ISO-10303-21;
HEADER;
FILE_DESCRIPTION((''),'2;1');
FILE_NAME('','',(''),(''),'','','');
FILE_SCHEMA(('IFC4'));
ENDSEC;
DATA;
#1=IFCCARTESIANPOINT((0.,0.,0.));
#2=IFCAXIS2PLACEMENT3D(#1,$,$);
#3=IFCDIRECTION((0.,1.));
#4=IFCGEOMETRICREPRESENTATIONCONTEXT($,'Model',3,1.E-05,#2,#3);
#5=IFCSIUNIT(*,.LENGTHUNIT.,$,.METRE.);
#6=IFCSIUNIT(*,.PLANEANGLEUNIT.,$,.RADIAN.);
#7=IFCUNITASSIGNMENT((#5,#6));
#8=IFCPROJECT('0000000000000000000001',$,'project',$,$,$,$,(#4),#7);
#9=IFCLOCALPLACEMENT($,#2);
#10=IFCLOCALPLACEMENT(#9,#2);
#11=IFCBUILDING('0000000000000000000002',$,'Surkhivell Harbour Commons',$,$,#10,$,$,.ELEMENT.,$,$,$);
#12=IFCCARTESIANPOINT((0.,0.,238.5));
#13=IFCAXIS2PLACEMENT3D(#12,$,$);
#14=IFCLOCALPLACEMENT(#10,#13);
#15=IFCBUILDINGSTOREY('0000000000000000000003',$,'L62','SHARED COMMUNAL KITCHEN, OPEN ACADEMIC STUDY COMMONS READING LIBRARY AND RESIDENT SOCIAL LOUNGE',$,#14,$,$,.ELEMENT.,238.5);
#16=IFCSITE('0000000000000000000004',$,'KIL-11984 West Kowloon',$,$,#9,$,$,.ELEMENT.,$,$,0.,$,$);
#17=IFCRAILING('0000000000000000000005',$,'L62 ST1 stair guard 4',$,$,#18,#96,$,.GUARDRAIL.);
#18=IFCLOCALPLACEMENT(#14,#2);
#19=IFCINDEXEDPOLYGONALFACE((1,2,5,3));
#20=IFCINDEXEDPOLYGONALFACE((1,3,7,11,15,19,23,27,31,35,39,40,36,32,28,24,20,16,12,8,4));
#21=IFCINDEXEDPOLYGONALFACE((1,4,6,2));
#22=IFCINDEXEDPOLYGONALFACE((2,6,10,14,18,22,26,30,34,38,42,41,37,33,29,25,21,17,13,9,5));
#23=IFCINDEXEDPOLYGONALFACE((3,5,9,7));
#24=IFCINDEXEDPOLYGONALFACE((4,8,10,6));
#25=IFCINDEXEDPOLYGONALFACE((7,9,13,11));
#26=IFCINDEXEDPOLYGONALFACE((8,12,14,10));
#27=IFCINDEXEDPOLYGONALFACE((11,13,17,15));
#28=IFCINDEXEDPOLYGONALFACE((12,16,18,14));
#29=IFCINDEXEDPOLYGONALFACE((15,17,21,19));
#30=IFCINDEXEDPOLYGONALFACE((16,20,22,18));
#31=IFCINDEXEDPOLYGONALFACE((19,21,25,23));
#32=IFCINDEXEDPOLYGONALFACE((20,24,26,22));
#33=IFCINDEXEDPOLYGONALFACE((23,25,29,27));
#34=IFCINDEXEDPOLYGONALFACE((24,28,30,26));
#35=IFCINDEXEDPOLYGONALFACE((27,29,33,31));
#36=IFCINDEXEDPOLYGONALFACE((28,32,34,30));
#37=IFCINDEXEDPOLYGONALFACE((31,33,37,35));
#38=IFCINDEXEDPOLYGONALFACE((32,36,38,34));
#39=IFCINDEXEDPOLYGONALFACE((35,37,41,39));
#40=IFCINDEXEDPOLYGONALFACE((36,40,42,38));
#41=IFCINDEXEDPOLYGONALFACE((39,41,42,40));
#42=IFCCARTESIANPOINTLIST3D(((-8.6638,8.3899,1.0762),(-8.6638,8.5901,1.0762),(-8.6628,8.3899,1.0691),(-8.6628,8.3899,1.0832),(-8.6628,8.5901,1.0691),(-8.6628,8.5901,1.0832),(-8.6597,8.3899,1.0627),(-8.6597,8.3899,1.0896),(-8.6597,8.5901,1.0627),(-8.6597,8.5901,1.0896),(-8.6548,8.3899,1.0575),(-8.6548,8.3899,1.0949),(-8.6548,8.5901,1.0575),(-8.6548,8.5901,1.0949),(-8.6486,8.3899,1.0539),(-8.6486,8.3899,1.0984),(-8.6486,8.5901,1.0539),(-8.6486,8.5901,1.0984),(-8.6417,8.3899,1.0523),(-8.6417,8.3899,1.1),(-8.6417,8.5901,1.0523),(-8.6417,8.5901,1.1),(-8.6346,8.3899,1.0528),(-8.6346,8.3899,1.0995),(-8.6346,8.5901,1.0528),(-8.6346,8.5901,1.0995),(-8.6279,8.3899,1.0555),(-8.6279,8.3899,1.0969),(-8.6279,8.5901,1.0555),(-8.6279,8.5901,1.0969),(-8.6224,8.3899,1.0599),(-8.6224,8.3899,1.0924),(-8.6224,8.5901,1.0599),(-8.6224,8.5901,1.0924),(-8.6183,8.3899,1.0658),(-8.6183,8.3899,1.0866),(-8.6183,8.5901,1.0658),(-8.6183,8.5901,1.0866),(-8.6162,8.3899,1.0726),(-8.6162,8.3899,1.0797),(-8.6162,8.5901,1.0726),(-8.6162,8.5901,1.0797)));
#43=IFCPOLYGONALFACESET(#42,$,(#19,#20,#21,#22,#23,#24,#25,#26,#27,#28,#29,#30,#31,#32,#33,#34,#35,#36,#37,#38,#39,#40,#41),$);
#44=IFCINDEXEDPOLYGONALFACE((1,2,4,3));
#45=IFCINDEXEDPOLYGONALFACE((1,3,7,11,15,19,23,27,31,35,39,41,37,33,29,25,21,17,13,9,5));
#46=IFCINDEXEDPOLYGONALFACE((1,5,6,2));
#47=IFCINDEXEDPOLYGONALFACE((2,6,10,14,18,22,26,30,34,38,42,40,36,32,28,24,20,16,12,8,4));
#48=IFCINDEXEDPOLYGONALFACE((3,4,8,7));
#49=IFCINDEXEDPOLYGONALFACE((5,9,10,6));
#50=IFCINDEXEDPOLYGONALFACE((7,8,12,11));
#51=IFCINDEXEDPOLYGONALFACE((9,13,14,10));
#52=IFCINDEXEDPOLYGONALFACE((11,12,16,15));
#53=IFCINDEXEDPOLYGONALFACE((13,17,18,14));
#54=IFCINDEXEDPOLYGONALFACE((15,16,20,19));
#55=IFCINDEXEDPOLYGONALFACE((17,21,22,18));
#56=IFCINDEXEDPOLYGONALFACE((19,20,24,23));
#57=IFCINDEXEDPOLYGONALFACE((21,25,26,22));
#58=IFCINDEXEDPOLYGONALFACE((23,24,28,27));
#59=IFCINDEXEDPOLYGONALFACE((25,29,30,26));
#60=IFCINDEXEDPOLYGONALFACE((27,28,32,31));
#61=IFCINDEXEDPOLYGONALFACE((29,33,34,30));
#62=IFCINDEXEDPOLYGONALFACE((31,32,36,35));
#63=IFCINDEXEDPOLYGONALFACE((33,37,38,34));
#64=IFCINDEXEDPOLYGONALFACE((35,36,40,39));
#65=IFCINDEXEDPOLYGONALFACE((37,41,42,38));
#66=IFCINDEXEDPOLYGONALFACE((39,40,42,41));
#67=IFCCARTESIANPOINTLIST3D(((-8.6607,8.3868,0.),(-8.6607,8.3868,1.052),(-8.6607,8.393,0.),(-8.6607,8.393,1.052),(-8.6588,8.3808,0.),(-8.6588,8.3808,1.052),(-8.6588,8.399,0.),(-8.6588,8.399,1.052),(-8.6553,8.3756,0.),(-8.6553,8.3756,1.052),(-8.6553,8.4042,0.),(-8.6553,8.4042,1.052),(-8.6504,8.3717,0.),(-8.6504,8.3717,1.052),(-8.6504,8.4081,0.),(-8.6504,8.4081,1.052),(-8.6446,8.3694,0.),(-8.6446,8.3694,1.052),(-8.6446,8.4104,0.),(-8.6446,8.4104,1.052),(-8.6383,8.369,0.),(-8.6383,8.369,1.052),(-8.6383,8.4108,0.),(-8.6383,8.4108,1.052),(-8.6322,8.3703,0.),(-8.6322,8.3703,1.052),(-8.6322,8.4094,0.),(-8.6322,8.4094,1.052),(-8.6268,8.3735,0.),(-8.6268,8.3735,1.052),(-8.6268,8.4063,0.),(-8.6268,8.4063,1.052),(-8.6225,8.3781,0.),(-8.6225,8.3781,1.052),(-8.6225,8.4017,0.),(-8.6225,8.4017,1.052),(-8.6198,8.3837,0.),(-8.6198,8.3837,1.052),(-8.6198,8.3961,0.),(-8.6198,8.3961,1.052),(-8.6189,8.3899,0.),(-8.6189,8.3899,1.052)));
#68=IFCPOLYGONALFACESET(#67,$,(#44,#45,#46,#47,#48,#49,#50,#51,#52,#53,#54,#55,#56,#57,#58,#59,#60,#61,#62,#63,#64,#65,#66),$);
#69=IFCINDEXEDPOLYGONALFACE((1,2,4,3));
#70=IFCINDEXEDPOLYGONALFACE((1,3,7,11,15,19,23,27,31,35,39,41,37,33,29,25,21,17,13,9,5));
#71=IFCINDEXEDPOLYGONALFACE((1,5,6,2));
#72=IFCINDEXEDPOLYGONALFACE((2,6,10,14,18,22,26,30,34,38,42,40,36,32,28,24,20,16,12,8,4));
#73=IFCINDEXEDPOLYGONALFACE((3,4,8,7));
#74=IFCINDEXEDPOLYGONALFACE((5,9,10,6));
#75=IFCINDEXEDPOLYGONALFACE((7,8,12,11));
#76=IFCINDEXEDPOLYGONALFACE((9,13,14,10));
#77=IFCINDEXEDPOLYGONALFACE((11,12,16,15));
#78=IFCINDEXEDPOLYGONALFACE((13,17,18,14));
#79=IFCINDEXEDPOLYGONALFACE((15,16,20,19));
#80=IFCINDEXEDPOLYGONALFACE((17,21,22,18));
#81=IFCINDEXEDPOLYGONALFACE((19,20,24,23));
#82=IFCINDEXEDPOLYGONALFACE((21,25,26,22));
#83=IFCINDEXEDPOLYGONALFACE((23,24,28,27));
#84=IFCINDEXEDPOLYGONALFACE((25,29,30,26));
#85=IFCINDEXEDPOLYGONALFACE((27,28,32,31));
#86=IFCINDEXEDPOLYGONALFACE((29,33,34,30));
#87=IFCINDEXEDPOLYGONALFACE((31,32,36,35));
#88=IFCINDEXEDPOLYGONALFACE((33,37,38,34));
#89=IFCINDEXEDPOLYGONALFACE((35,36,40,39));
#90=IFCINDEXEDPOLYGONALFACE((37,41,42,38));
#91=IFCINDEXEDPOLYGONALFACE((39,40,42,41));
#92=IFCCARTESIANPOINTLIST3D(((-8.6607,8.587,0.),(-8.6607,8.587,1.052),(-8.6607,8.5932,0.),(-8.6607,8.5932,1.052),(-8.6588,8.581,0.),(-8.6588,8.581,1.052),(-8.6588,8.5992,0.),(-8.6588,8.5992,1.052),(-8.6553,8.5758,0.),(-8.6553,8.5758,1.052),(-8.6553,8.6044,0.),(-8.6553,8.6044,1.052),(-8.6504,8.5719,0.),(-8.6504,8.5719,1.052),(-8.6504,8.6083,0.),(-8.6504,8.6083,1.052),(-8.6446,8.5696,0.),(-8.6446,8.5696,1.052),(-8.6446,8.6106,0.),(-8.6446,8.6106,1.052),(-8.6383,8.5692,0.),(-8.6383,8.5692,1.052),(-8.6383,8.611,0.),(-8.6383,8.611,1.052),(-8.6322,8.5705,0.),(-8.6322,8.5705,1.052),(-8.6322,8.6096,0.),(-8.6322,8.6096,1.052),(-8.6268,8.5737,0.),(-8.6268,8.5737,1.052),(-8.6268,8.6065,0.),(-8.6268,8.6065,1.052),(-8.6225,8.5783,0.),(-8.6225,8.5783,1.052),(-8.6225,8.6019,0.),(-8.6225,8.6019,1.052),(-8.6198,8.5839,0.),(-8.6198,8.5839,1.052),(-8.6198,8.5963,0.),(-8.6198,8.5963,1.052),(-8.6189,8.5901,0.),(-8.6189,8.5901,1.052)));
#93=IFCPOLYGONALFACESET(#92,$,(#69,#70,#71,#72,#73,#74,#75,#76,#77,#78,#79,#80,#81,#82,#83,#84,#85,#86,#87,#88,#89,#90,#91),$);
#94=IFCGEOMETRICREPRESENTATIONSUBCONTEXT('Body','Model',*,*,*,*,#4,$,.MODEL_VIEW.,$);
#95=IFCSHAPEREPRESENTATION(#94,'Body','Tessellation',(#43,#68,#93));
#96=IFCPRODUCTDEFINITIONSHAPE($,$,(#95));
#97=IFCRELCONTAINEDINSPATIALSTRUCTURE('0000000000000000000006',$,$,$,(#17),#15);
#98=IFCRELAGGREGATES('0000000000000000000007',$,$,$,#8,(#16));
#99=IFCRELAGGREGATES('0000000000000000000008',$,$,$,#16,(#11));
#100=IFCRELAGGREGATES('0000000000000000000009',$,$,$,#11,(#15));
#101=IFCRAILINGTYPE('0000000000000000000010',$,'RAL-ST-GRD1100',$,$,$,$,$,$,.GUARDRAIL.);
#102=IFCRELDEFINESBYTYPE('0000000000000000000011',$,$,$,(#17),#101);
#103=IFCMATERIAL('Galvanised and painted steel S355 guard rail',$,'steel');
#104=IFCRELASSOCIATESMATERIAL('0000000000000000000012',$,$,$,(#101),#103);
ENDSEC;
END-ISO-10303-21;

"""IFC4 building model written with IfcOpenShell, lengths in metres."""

from ifc_helpers import new_model, si_unit, direction, frame, origin, origin_2d, place, context, subcontext, project, spatial, circle, extrude, material, type_object, element, save


model = new_model("IFC4")

# Units and contexts
model_context = context("Model", 3, precision=1e-05, world=origin(), true_north=direction((0.0, 1.0)))
body_context = subcontext(model_context, "Body", "Model", "MODEL_VIEW")
ifc_project = project(units=[si_unit("LENGTHUNIT", "METRE"), si_unit("PLANEANGLEUNIT", "RADIAN")], contexts=[model_context])

# Site, building, storey
site_placement = place(None, origin())
site = spatial("IfcSite", under=ifc_project, at=site_placement, Name="KIL-11984 West Kowloon", CompositionType="ELEMENT", RefElevation=0.0)
building_placement = place(site_placement, origin())
building = spatial("IfcBuilding", under=site, at=building_placement, Name="Surkhivell Harbour Commons", CompositionType="ELEMENT")
storey_placement = place(building_placement, frame((0.0, 0.0, 238.5)))
storey = spatial("IfcBuildingStorey", under=building, at=storey_placement, Name="L62", Description="SHARED COMMUNAL KITCHEN, OPEN ACADEMIC STUDY COMMONS READING LIBRARY AND RESIDENT SOCIAL LOUNGE", CompositionType="ELEMENT", Elevation=238.5)

# Railing
ifc_material_1 = material(Name="Galvanised and painted steel S355 guard rail", Category="steel")
railing_type_1 = type_object("IfcRailingType", Name="RAL-ST-GRD1100", PredefinedType="GUARDRAIL", material=ifc_material_1)
railing_1_placement = place(storey_placement, frame((-8.6399, 8.3899, 0.0)))
element("IfcRailing", 1, at=railing_1_placement, inside=storey, type_object=railing_type_1, Name="L62 ST1 stair guard 4", PredefinedType="GUARDRAIL", context=body_context, shape_type="SweptSolid", body=[
    extrude(circle(Radius=0.0239, at=origin_2d()), frame((0.0, 0.0, 1.0762), z_axis=(0.0, 1.0, 0.0), x_axis=(-1.0, 0.0, 0.0)), (0.0, 0.0, 1.0), 0.2002),
    extrude(circle(Radius=0.021, at=origin_2d()), origin(), (0.0, 0.0, 1.0), 1.052),
    extrude(circle(Radius=0.021, at=origin_2d()), frame((0.0, 0.2002, 0.0)), (0.0, 0.0, 1.0), 1.052),
])

save(model, "model.ifc")
